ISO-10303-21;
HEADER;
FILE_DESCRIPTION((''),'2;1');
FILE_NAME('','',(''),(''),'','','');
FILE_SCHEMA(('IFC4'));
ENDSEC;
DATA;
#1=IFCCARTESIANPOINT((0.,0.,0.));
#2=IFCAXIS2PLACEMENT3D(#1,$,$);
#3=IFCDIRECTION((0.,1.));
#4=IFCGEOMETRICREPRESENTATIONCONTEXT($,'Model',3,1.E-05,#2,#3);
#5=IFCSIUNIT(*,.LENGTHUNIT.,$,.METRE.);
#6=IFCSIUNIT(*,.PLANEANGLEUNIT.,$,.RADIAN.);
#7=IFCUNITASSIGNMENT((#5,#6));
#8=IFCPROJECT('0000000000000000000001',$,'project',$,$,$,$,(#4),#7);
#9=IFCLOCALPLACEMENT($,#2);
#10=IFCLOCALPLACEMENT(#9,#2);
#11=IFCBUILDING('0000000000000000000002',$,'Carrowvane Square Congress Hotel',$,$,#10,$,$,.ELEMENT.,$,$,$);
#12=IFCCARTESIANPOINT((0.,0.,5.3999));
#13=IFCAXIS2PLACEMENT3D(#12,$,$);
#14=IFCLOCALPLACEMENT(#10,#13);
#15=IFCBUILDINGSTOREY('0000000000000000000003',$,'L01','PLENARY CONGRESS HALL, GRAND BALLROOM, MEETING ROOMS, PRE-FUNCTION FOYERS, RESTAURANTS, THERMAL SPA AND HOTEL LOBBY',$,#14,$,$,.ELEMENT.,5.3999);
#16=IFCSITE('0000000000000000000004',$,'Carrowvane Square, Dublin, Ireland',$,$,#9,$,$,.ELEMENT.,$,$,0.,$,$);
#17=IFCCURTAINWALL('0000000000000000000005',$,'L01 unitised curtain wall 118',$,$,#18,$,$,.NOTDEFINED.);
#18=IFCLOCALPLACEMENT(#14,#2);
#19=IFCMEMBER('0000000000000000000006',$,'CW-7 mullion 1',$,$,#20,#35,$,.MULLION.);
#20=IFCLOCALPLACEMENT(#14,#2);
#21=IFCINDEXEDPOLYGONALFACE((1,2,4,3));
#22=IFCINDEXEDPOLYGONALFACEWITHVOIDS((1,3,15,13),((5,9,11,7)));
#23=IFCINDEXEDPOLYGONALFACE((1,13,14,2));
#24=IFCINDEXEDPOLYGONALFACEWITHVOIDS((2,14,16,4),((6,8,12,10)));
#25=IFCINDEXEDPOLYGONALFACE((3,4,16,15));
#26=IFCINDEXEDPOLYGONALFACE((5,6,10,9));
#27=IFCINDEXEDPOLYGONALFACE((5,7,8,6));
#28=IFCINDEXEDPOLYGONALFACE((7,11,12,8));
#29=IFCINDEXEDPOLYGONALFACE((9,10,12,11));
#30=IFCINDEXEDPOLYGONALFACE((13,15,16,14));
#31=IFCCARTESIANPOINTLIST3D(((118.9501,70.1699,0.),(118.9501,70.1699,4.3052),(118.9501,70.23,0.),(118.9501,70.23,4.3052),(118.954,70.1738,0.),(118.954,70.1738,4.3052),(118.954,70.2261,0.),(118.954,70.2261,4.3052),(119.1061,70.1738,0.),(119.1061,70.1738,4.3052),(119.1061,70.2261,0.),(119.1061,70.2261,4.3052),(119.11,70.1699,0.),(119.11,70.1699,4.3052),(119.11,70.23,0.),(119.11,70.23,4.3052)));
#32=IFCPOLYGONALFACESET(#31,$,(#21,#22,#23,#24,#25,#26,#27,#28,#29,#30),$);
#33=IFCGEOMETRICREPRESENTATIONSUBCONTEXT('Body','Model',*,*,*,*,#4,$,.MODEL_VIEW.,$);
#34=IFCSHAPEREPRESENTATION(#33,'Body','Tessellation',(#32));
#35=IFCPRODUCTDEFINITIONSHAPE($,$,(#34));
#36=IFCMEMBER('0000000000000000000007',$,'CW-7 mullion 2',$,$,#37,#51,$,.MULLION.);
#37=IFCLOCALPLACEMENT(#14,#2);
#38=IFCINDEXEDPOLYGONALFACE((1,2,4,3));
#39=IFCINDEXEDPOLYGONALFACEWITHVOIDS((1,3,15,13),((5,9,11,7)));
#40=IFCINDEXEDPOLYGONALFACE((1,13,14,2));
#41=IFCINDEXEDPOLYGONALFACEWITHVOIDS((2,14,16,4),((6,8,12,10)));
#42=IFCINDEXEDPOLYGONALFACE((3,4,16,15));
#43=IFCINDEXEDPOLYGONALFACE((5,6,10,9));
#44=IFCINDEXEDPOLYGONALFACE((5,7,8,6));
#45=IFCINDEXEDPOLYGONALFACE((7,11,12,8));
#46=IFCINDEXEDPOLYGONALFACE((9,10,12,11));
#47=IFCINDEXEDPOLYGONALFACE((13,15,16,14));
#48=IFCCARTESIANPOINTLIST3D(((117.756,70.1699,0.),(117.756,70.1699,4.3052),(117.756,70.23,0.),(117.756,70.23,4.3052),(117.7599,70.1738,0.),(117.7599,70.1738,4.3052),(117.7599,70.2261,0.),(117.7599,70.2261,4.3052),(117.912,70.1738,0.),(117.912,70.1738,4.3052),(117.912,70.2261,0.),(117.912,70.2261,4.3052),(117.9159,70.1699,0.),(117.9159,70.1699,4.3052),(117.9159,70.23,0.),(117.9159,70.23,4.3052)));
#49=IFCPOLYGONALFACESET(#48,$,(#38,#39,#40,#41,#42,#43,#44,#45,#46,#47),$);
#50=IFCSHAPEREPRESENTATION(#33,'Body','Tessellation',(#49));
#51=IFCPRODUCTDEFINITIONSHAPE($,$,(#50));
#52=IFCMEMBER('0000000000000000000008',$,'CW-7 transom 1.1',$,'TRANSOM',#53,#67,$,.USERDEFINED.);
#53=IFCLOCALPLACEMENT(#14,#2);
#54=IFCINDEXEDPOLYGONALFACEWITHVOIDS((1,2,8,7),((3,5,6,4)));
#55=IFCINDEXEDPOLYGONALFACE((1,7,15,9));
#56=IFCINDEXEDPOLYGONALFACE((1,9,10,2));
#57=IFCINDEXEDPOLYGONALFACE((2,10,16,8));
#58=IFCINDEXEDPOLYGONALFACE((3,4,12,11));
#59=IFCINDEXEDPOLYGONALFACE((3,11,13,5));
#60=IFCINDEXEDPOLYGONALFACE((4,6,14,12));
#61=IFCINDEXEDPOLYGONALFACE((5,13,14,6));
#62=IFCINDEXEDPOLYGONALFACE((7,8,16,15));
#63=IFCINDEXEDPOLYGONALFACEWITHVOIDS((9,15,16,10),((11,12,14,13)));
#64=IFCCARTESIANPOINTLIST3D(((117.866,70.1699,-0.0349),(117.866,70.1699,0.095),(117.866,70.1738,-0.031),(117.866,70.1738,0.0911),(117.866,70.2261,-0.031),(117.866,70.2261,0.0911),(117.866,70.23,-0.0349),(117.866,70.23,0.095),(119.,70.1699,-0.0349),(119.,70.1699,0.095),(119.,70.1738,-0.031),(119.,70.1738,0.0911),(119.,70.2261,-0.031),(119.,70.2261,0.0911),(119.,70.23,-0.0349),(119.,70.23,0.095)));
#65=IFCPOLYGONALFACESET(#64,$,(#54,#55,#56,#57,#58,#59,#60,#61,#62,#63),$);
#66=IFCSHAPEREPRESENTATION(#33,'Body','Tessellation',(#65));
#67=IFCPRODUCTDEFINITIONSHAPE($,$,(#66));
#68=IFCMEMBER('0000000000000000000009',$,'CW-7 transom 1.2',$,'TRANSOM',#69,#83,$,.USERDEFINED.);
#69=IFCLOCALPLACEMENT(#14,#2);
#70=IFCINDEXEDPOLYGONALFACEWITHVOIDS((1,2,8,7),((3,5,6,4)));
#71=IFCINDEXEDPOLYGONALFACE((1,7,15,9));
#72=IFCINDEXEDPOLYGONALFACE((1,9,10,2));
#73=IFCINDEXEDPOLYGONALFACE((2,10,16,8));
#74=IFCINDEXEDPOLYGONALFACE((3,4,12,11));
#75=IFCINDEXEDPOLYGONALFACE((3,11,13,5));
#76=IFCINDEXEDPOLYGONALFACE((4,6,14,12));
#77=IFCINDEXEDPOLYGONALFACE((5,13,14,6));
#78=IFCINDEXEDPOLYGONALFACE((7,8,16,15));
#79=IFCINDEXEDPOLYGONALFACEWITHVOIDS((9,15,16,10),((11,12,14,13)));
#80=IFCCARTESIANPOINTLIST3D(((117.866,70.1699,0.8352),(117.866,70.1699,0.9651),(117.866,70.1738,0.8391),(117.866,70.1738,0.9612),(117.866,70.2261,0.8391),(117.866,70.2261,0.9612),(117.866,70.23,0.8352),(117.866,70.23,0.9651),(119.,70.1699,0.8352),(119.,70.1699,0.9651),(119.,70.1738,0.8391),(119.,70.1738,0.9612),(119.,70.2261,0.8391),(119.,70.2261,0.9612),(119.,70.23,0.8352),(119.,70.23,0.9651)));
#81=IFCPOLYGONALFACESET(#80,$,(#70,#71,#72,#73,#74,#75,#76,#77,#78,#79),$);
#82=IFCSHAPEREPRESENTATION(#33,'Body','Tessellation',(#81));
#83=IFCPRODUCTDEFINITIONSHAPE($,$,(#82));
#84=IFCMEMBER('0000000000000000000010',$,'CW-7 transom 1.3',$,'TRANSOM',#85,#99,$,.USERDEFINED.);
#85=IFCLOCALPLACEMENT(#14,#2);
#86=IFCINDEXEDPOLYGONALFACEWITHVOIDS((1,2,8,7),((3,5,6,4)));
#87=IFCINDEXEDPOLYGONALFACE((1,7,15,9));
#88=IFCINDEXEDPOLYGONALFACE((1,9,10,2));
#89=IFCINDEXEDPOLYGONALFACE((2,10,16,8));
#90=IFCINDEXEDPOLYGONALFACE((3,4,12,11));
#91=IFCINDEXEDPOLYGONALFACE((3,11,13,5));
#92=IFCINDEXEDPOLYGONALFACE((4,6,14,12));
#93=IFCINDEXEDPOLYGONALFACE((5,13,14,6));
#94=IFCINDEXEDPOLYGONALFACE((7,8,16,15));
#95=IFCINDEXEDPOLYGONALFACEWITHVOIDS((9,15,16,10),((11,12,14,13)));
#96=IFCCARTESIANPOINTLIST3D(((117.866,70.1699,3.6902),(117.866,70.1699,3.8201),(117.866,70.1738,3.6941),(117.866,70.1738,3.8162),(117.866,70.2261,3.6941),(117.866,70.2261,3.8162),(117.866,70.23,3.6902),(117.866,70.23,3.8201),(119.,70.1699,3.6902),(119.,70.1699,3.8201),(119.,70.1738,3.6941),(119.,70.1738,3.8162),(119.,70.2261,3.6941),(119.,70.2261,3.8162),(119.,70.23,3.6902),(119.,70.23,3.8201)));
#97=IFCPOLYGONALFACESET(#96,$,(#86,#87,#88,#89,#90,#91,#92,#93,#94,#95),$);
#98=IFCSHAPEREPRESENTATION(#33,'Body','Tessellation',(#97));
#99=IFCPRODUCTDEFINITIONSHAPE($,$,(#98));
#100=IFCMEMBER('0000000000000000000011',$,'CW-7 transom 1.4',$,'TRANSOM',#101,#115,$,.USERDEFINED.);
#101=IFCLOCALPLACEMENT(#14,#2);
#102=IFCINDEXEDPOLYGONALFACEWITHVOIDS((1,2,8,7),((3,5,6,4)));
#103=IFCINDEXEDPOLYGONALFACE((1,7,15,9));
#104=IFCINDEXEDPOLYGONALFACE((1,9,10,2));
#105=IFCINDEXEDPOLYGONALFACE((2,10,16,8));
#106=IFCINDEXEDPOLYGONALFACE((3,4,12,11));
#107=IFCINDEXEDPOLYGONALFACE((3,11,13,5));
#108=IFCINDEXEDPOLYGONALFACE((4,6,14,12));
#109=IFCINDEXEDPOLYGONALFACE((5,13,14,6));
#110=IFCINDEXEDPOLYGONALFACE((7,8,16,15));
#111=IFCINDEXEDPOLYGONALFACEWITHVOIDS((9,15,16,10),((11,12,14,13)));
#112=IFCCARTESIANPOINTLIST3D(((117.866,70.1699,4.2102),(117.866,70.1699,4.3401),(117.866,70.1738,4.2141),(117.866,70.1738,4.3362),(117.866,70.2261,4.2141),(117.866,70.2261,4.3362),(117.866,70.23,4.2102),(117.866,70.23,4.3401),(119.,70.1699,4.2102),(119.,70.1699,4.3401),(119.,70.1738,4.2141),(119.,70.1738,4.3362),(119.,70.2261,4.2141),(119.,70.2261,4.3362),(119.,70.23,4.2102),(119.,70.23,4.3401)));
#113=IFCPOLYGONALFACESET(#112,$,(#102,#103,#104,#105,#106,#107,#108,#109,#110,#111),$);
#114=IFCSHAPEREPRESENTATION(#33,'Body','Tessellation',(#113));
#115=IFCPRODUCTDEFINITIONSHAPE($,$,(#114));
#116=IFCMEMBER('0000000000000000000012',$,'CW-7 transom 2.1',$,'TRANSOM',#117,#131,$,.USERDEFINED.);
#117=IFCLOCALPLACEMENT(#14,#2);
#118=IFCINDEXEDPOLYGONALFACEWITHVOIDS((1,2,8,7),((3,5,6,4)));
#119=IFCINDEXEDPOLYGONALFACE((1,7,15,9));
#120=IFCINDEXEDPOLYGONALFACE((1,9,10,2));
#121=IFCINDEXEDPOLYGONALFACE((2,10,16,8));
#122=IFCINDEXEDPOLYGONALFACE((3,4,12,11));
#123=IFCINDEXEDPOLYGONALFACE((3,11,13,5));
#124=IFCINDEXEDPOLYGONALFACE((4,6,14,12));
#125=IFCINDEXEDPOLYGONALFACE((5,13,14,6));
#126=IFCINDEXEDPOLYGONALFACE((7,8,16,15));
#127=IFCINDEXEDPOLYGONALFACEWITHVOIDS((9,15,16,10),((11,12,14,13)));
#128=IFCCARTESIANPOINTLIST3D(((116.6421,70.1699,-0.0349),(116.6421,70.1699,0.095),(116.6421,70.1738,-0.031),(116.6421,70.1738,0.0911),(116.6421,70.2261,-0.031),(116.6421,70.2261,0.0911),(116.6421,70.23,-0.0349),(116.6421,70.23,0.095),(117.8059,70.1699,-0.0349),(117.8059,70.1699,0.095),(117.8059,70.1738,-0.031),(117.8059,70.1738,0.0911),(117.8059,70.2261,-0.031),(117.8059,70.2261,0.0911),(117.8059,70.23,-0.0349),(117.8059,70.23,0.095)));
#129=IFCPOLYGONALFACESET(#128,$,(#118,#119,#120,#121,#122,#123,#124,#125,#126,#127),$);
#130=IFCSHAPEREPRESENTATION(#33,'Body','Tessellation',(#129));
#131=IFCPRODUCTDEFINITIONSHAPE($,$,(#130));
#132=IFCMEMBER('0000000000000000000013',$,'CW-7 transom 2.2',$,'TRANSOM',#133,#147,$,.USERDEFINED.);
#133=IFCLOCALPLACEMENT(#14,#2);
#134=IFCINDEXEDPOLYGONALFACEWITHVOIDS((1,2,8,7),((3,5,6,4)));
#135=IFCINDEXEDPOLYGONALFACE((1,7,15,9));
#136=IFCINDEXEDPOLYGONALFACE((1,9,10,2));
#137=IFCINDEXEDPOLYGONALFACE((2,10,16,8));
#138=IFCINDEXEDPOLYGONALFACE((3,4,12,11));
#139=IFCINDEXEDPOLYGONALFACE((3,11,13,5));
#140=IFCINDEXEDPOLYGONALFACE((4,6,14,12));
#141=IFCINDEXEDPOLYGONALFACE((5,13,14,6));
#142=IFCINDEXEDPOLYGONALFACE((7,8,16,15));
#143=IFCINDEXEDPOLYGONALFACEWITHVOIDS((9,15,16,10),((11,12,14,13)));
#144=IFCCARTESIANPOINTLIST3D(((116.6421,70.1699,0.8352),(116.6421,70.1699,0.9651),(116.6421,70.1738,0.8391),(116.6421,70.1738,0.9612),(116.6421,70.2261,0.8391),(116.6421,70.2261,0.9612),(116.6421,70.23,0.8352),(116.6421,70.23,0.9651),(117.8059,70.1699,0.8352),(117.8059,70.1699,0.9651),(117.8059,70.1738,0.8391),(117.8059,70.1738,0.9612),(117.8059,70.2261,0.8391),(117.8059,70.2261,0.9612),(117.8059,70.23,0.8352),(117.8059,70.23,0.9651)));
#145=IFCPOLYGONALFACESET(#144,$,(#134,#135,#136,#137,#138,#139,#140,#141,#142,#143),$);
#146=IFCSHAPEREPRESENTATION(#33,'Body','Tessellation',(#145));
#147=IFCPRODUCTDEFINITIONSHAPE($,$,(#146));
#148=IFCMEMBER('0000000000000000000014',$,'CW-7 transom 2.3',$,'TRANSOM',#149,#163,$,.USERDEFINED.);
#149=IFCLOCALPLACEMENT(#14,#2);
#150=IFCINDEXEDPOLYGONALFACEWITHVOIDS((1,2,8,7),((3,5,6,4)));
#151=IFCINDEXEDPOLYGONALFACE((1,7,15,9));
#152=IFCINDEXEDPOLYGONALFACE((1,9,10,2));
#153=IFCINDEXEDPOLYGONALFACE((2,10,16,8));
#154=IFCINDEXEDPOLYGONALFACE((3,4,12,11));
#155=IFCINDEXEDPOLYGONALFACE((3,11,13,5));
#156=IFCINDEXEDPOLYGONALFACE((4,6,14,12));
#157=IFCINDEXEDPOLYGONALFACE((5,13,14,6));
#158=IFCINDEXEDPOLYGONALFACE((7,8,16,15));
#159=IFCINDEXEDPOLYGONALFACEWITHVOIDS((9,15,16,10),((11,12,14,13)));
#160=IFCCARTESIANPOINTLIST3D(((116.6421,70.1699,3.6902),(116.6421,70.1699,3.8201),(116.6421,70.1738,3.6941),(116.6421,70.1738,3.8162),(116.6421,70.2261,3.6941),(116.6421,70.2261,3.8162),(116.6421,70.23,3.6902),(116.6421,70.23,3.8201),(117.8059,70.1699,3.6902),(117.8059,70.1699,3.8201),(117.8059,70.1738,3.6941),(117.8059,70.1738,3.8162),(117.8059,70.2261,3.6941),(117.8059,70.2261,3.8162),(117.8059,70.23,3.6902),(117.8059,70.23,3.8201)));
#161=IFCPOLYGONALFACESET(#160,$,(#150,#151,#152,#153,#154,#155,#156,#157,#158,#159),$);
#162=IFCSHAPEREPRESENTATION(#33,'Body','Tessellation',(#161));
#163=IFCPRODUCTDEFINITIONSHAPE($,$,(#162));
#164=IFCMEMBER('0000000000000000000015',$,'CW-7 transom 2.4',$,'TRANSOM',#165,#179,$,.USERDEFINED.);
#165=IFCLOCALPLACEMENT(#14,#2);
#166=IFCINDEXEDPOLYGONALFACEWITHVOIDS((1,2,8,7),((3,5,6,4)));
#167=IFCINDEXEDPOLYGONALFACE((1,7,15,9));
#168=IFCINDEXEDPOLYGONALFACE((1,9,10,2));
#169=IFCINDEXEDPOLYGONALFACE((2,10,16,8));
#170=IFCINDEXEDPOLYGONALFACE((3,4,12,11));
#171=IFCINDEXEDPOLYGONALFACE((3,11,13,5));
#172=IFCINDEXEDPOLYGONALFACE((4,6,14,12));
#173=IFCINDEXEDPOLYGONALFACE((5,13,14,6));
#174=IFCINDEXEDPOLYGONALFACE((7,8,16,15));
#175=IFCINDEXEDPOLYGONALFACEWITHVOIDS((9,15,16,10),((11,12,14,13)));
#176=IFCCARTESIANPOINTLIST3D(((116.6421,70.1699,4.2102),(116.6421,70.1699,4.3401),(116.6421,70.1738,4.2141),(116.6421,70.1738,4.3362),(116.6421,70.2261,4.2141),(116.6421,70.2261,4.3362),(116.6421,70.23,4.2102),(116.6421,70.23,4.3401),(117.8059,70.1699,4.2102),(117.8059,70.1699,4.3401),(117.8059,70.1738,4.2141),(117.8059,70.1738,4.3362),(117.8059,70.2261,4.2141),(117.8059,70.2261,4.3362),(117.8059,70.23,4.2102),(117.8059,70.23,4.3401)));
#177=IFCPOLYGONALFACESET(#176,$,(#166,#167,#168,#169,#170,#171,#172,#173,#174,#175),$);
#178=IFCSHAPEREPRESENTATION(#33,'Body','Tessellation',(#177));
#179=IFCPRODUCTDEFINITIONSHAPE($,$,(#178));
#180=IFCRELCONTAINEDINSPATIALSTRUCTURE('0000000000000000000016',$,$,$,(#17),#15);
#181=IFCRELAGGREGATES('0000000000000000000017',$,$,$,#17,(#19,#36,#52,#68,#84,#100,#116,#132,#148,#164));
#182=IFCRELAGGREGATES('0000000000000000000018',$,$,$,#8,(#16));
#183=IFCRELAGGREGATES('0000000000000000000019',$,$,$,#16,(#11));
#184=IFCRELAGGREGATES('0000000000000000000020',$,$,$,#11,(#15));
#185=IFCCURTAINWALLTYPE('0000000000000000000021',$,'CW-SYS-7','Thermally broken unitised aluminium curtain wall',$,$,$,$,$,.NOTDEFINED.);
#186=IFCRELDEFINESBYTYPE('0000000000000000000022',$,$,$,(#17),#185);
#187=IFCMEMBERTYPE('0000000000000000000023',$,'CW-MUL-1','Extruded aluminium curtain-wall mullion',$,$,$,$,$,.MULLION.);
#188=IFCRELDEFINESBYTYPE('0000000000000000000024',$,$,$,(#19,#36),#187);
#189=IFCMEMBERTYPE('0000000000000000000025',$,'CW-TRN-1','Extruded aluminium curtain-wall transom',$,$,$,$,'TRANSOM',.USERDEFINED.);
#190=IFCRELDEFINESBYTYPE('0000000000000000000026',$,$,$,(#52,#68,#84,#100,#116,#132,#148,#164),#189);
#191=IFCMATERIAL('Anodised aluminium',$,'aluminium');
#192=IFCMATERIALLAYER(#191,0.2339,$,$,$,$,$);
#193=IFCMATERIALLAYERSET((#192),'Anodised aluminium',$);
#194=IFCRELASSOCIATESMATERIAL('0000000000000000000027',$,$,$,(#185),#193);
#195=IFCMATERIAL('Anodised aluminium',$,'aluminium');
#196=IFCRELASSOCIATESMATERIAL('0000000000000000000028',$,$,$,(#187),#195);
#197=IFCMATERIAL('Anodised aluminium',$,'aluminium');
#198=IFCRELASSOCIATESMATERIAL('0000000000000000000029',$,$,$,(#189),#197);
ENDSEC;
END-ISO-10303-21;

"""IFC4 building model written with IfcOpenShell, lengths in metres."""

from ifc_helpers import new_model, si_unit, direction, frame, origin, origin_2d, place, context, subcontext, project, spatial, hollow_rectangle, extrude, material, layer, layer_set, material_profile, profile_set, type_object, element, aggregate, save


model = new_model("IFC4")

# Units and contexts
model_context = context("Model", 3, precision=1e-05, world=origin(), true_north=direction((0.0, 1.0)))
body_context = subcontext(model_context, "Body", "Model", "MODEL_VIEW")
ifc_project = project(units=[si_unit("LENGTHUNIT", "METRE"), si_unit("PLANEANGLEUNIT", "RADIAN")], contexts=[model_context])

# Site, building, storey
site_placement = place(None, origin())
site = spatial("IfcSite", under=ifc_project, at=site_placement, Name="Carrowvane Square, Dublin, Ireland", CompositionType="ELEMENT", RefElevation=0.0)
building_placement = place(site_placement, origin())
building = spatial("IfcBuilding", under=site, at=building_placement, Name="Carrowvane Square Congress Hotel", CompositionType="ELEMENT")
storey_placement = place(building_placement, frame((0.0, 0.0, 5.3999)))
storey = spatial("IfcBuildingStorey", under=building, at=storey_placement, Name="L01", Description="PLENARY CONGRESS HALL, GRAND BALLROOM, MEETING ROOMS, PRE-FUNCTION FOYERS, RESTAURANTS, THERMAL SPA AND HOTEL LOBBY", CompositionType="ELEMENT", Elevation=5.3999)

# Curtain wall, members
ifc_material_1 = material(Name="Anodised aluminium", Category="aluminium")
ifc_layer_1 = layer(ifc_material_1, 0.2339)
ifc_layer_set_1 = layer_set([ifc_layer_1], Name="Anodised aluminium")
curtain_wall_type = type_object("IfcCurtainWallType", Name="CW-SYS-7", Description="Thermally broken unitised aluminium curtain wall", PredefinedType="NOTDEFINED", material=ifc_layer_set_1)
curtain_wall_placement = place(storey_placement, origin())
curtain_wall = element("IfcCurtainWall", 1, at=curtain_wall_placement, inside=storey, type_object=curtain_wall_type, Name="L01 unitised curtain wall 118", PredefinedType="NOTDEFINED")
ifc_material_2 = material(Name="Anodised aluminium", Category="aluminium")
ifc_material_profile_1 = material_profile(ifc_material_2, hollow_rectangle(XDim=0.0601, YDim=0.1599, WallThickness=0.0039, at=origin_2d()), Name="CW-ML 60x160x4")
ifc_profile_set_1 = profile_set([ifc_material_profile_1], Name="Anodised aluminium")
member_type_1 = type_object("IfcMemberType", Name="CW-MUL-1", Description="Extruded aluminium curtain-wall mullion", PredefinedType="MULLION", material=ifc_profile_set_1)
member_1_placement = place(storey_placement, frame((119.03, 70.2, 0.0), z_axis=(0.0, 0.0, 1.0), x_axis=(0.0, -1.0, 0.0)))
member_1 = element("IfcMember", 2, at=member_1_placement, type_object=member_type_1, Name="CW-7 mullion 1", PredefinedType="MULLION", context=body_context, shape_type="SweptSolid", body=[
    extrude(hollow_rectangle(XDim=0.0601, YDim=0.1599, WallThickness=0.0039, at=origin_2d()), origin(), (0.0, 0.0, 1.0), 4.3052),
])
member_2_placement = place(storey_placement, frame((117.8359, 70.2, 0.0), z_axis=(0.0, 0.0, 1.0), x_axis=(0.0, -1.0, 0.0)))
member_2 = element("IfcMember", 3, at=member_2_placement, type_object=member_type_1, Name="CW-7 mullion 2", PredefinedType="MULLION", context=body_context, shape_type="SweptSolid", body=[
    extrude(hollow_rectangle(XDim=0.0601, YDim=0.1599, WallThickness=0.0039, at=origin_2d()), origin(), (0.0, 0.0, 1.0), 4.3052),
])
ifc_material_3 = material(Name="Anodised aluminium", Category="aluminium")
ifc_material_profile_2 = material_profile(ifc_material_3, hollow_rectangle(XDim=0.0601, YDim=0.1299, WallThickness=0.0039, at=origin_2d()), Name="CW-TR 60x130x4")
ifc_profile_set_2 = profile_set([ifc_material_profile_2], Name="Anodised aluminium")
member_type_2 = type_object("IfcMemberType", Name="CW-TRN-1", Description="Extruded aluminium curtain-wall transom", ElementType="TRANSOM", PredefinedType="USERDEFINED", material=ifc_profile_set_2)
member_3_placement = place(storey_placement, frame((119.0, 70.2, 0.03), z_axis=(-1.0, 0.0, 0.0), x_axis=(0.0, -1.0, 0.0)))
member_3 = element("IfcMember", 4, at=member_3_placement, type_object=member_type_2, Name="CW-7 transom 1.1", ObjectType="TRANSOM", PredefinedType="USERDEFINED", context=body_context, shape_type="SweptSolid", body=[
    extrude(hollow_rectangle(XDim=0.0601, YDim=0.1299, WallThickness=0.0039, at=origin_2d()), origin(), (0.0, 0.0, 1.0), 1.134),
])
member_4_placement = place(storey_placement, frame((119.0, 70.2, 0.9001), z_axis=(-1.0, 0.0, 0.0), x_axis=(0.0, -1.0, 0.0)))
member_4 = element("IfcMember", 5, at=member_4_placement, type_object=member_type_2, Name="CW-7 transom 1.2", ObjectType="TRANSOM", PredefinedType="USERDEFINED", context=body_context, shape_type="SweptSolid", body=[
    extrude(hollow_rectangle(XDim=0.0601, YDim=0.1299, WallThickness=0.0039, at=origin_2d()), origin(), (0.0, 0.0, 1.0), 1.134),
])
member_5_placement = place(storey_placement, frame((119.0, 70.2, 3.7551), z_axis=(-1.0, 0.0, 0.0), x_axis=(0.0, -1.0, 0.0)))
member_5 = element("IfcMember", 6, at=member_5_placement, type_object=member_type_2, Name="CW-7 transom 1.3", ObjectType="TRANSOM", PredefinedType="USERDEFINED", context=body_context, shape_type="SweptSolid", body=[
    extrude(hollow_rectangle(XDim=0.0601, YDim=0.1299, WallThickness=0.0039, at=origin_2d()), origin(), (0.0, 0.0, 1.0), 1.134),
])
member_6_placement = place(storey_placement, frame((119.0, 70.2, 4.2751), z_axis=(-1.0, 0.0, 0.0), x_axis=(0.0, -1.0, 0.0)))
member_6 = element("IfcMember", 7, at=member_6_placement, type_object=member_type_2, Name="CW-7 transom 1.4", ObjectType="TRANSOM", PredefinedType="USERDEFINED", context=body_context, shape_type="SweptSolid", body=[
    extrude(hollow_rectangle(XDim=0.0601, YDim=0.1299, WallThickness=0.0039, at=origin_2d()), origin(), (0.0, 0.0, 1.0), 1.134),
])
member_7_placement = place(storey_placement, frame((117.8059, 70.2, 0.03), z_axis=(-1.0, 0.0, 0.0), x_axis=(0.0, -1.0, 0.0)))
member_7 = element("IfcMember", 8, at=member_7_placement, type_object=member_type_2, Name="CW-7 transom 2.1", ObjectType="TRANSOM", PredefinedType="USERDEFINED", context=body_context, shape_type="SweptSolid", body=[
    extrude(hollow_rectangle(XDim=0.0601, YDim=0.1299, WallThickness=0.0039, at=origin_2d()), origin(), (0.0, 0.0, 1.0), 1.1638),
])
member_8_placement = place(storey_placement, frame((117.8059, 70.2, 0.9001), z_axis=(-1.0, 0.0, 0.0), x_axis=(0.0, -1.0, 0.0)))
member_8 = element("IfcMember", 9, at=member_8_placement, type_object=member_type_2, Name="CW-7 transom 2.2", ObjectType="TRANSOM", PredefinedType="USERDEFINED", context=body_context, shape_type="SweptSolid", body=[
    extrude(hollow_rectangle(XDim=0.0601, YDim=0.1299, WallThickness=0.0039, at=origin_2d()), origin(), (0.0, 0.0, 1.0), 1.1638),
])
member_9_placement = place(storey_placement, frame((117.8059, 70.2, 3.7551), z_axis=(-1.0, 0.0, 0.0), x_axis=(0.0, -1.0, 0.0)))
member_9 = element("IfcMember", 10, at=member_9_placement, type_object=member_type_2, Name="CW-7 transom 2.3", ObjectType="TRANSOM", PredefinedType="USERDEFINED", context=body_context, shape_type="SweptSolid", body=[
    extrude(hollow_rectangle(XDim=0.0601, YDim=0.1299, WallThickness=0.0039, at=origin_2d()), origin(), (0.0, 0.0, 1.0), 1.1638),
])
member_10_placement = place(storey_placement, frame((117.8059, 70.2, 4.2751), z_axis=(-1.0, 0.0, 0.0), x_axis=(0.0, -1.0, 0.0)))
member_10 = element("IfcMember", 11, at=member_10_placement, type_object=member_type_2, Name="CW-7 transom 2.4", ObjectType="TRANSOM", PredefinedType="USERDEFINED", context=body_context, shape_type="SweptSolid", body=[
    extrude(hollow_rectangle(XDim=0.0601, YDim=0.1299, WallThickness=0.0039, at=origin_2d()), origin(), (0.0, 0.0, 1.0), 1.1638),
])

aggregate(curtain_wall, [member_1, member_2, member_3, member_4, member_5, member_6, member_7, member_8, member_9, member_10])

save(model, "model.ifc")
